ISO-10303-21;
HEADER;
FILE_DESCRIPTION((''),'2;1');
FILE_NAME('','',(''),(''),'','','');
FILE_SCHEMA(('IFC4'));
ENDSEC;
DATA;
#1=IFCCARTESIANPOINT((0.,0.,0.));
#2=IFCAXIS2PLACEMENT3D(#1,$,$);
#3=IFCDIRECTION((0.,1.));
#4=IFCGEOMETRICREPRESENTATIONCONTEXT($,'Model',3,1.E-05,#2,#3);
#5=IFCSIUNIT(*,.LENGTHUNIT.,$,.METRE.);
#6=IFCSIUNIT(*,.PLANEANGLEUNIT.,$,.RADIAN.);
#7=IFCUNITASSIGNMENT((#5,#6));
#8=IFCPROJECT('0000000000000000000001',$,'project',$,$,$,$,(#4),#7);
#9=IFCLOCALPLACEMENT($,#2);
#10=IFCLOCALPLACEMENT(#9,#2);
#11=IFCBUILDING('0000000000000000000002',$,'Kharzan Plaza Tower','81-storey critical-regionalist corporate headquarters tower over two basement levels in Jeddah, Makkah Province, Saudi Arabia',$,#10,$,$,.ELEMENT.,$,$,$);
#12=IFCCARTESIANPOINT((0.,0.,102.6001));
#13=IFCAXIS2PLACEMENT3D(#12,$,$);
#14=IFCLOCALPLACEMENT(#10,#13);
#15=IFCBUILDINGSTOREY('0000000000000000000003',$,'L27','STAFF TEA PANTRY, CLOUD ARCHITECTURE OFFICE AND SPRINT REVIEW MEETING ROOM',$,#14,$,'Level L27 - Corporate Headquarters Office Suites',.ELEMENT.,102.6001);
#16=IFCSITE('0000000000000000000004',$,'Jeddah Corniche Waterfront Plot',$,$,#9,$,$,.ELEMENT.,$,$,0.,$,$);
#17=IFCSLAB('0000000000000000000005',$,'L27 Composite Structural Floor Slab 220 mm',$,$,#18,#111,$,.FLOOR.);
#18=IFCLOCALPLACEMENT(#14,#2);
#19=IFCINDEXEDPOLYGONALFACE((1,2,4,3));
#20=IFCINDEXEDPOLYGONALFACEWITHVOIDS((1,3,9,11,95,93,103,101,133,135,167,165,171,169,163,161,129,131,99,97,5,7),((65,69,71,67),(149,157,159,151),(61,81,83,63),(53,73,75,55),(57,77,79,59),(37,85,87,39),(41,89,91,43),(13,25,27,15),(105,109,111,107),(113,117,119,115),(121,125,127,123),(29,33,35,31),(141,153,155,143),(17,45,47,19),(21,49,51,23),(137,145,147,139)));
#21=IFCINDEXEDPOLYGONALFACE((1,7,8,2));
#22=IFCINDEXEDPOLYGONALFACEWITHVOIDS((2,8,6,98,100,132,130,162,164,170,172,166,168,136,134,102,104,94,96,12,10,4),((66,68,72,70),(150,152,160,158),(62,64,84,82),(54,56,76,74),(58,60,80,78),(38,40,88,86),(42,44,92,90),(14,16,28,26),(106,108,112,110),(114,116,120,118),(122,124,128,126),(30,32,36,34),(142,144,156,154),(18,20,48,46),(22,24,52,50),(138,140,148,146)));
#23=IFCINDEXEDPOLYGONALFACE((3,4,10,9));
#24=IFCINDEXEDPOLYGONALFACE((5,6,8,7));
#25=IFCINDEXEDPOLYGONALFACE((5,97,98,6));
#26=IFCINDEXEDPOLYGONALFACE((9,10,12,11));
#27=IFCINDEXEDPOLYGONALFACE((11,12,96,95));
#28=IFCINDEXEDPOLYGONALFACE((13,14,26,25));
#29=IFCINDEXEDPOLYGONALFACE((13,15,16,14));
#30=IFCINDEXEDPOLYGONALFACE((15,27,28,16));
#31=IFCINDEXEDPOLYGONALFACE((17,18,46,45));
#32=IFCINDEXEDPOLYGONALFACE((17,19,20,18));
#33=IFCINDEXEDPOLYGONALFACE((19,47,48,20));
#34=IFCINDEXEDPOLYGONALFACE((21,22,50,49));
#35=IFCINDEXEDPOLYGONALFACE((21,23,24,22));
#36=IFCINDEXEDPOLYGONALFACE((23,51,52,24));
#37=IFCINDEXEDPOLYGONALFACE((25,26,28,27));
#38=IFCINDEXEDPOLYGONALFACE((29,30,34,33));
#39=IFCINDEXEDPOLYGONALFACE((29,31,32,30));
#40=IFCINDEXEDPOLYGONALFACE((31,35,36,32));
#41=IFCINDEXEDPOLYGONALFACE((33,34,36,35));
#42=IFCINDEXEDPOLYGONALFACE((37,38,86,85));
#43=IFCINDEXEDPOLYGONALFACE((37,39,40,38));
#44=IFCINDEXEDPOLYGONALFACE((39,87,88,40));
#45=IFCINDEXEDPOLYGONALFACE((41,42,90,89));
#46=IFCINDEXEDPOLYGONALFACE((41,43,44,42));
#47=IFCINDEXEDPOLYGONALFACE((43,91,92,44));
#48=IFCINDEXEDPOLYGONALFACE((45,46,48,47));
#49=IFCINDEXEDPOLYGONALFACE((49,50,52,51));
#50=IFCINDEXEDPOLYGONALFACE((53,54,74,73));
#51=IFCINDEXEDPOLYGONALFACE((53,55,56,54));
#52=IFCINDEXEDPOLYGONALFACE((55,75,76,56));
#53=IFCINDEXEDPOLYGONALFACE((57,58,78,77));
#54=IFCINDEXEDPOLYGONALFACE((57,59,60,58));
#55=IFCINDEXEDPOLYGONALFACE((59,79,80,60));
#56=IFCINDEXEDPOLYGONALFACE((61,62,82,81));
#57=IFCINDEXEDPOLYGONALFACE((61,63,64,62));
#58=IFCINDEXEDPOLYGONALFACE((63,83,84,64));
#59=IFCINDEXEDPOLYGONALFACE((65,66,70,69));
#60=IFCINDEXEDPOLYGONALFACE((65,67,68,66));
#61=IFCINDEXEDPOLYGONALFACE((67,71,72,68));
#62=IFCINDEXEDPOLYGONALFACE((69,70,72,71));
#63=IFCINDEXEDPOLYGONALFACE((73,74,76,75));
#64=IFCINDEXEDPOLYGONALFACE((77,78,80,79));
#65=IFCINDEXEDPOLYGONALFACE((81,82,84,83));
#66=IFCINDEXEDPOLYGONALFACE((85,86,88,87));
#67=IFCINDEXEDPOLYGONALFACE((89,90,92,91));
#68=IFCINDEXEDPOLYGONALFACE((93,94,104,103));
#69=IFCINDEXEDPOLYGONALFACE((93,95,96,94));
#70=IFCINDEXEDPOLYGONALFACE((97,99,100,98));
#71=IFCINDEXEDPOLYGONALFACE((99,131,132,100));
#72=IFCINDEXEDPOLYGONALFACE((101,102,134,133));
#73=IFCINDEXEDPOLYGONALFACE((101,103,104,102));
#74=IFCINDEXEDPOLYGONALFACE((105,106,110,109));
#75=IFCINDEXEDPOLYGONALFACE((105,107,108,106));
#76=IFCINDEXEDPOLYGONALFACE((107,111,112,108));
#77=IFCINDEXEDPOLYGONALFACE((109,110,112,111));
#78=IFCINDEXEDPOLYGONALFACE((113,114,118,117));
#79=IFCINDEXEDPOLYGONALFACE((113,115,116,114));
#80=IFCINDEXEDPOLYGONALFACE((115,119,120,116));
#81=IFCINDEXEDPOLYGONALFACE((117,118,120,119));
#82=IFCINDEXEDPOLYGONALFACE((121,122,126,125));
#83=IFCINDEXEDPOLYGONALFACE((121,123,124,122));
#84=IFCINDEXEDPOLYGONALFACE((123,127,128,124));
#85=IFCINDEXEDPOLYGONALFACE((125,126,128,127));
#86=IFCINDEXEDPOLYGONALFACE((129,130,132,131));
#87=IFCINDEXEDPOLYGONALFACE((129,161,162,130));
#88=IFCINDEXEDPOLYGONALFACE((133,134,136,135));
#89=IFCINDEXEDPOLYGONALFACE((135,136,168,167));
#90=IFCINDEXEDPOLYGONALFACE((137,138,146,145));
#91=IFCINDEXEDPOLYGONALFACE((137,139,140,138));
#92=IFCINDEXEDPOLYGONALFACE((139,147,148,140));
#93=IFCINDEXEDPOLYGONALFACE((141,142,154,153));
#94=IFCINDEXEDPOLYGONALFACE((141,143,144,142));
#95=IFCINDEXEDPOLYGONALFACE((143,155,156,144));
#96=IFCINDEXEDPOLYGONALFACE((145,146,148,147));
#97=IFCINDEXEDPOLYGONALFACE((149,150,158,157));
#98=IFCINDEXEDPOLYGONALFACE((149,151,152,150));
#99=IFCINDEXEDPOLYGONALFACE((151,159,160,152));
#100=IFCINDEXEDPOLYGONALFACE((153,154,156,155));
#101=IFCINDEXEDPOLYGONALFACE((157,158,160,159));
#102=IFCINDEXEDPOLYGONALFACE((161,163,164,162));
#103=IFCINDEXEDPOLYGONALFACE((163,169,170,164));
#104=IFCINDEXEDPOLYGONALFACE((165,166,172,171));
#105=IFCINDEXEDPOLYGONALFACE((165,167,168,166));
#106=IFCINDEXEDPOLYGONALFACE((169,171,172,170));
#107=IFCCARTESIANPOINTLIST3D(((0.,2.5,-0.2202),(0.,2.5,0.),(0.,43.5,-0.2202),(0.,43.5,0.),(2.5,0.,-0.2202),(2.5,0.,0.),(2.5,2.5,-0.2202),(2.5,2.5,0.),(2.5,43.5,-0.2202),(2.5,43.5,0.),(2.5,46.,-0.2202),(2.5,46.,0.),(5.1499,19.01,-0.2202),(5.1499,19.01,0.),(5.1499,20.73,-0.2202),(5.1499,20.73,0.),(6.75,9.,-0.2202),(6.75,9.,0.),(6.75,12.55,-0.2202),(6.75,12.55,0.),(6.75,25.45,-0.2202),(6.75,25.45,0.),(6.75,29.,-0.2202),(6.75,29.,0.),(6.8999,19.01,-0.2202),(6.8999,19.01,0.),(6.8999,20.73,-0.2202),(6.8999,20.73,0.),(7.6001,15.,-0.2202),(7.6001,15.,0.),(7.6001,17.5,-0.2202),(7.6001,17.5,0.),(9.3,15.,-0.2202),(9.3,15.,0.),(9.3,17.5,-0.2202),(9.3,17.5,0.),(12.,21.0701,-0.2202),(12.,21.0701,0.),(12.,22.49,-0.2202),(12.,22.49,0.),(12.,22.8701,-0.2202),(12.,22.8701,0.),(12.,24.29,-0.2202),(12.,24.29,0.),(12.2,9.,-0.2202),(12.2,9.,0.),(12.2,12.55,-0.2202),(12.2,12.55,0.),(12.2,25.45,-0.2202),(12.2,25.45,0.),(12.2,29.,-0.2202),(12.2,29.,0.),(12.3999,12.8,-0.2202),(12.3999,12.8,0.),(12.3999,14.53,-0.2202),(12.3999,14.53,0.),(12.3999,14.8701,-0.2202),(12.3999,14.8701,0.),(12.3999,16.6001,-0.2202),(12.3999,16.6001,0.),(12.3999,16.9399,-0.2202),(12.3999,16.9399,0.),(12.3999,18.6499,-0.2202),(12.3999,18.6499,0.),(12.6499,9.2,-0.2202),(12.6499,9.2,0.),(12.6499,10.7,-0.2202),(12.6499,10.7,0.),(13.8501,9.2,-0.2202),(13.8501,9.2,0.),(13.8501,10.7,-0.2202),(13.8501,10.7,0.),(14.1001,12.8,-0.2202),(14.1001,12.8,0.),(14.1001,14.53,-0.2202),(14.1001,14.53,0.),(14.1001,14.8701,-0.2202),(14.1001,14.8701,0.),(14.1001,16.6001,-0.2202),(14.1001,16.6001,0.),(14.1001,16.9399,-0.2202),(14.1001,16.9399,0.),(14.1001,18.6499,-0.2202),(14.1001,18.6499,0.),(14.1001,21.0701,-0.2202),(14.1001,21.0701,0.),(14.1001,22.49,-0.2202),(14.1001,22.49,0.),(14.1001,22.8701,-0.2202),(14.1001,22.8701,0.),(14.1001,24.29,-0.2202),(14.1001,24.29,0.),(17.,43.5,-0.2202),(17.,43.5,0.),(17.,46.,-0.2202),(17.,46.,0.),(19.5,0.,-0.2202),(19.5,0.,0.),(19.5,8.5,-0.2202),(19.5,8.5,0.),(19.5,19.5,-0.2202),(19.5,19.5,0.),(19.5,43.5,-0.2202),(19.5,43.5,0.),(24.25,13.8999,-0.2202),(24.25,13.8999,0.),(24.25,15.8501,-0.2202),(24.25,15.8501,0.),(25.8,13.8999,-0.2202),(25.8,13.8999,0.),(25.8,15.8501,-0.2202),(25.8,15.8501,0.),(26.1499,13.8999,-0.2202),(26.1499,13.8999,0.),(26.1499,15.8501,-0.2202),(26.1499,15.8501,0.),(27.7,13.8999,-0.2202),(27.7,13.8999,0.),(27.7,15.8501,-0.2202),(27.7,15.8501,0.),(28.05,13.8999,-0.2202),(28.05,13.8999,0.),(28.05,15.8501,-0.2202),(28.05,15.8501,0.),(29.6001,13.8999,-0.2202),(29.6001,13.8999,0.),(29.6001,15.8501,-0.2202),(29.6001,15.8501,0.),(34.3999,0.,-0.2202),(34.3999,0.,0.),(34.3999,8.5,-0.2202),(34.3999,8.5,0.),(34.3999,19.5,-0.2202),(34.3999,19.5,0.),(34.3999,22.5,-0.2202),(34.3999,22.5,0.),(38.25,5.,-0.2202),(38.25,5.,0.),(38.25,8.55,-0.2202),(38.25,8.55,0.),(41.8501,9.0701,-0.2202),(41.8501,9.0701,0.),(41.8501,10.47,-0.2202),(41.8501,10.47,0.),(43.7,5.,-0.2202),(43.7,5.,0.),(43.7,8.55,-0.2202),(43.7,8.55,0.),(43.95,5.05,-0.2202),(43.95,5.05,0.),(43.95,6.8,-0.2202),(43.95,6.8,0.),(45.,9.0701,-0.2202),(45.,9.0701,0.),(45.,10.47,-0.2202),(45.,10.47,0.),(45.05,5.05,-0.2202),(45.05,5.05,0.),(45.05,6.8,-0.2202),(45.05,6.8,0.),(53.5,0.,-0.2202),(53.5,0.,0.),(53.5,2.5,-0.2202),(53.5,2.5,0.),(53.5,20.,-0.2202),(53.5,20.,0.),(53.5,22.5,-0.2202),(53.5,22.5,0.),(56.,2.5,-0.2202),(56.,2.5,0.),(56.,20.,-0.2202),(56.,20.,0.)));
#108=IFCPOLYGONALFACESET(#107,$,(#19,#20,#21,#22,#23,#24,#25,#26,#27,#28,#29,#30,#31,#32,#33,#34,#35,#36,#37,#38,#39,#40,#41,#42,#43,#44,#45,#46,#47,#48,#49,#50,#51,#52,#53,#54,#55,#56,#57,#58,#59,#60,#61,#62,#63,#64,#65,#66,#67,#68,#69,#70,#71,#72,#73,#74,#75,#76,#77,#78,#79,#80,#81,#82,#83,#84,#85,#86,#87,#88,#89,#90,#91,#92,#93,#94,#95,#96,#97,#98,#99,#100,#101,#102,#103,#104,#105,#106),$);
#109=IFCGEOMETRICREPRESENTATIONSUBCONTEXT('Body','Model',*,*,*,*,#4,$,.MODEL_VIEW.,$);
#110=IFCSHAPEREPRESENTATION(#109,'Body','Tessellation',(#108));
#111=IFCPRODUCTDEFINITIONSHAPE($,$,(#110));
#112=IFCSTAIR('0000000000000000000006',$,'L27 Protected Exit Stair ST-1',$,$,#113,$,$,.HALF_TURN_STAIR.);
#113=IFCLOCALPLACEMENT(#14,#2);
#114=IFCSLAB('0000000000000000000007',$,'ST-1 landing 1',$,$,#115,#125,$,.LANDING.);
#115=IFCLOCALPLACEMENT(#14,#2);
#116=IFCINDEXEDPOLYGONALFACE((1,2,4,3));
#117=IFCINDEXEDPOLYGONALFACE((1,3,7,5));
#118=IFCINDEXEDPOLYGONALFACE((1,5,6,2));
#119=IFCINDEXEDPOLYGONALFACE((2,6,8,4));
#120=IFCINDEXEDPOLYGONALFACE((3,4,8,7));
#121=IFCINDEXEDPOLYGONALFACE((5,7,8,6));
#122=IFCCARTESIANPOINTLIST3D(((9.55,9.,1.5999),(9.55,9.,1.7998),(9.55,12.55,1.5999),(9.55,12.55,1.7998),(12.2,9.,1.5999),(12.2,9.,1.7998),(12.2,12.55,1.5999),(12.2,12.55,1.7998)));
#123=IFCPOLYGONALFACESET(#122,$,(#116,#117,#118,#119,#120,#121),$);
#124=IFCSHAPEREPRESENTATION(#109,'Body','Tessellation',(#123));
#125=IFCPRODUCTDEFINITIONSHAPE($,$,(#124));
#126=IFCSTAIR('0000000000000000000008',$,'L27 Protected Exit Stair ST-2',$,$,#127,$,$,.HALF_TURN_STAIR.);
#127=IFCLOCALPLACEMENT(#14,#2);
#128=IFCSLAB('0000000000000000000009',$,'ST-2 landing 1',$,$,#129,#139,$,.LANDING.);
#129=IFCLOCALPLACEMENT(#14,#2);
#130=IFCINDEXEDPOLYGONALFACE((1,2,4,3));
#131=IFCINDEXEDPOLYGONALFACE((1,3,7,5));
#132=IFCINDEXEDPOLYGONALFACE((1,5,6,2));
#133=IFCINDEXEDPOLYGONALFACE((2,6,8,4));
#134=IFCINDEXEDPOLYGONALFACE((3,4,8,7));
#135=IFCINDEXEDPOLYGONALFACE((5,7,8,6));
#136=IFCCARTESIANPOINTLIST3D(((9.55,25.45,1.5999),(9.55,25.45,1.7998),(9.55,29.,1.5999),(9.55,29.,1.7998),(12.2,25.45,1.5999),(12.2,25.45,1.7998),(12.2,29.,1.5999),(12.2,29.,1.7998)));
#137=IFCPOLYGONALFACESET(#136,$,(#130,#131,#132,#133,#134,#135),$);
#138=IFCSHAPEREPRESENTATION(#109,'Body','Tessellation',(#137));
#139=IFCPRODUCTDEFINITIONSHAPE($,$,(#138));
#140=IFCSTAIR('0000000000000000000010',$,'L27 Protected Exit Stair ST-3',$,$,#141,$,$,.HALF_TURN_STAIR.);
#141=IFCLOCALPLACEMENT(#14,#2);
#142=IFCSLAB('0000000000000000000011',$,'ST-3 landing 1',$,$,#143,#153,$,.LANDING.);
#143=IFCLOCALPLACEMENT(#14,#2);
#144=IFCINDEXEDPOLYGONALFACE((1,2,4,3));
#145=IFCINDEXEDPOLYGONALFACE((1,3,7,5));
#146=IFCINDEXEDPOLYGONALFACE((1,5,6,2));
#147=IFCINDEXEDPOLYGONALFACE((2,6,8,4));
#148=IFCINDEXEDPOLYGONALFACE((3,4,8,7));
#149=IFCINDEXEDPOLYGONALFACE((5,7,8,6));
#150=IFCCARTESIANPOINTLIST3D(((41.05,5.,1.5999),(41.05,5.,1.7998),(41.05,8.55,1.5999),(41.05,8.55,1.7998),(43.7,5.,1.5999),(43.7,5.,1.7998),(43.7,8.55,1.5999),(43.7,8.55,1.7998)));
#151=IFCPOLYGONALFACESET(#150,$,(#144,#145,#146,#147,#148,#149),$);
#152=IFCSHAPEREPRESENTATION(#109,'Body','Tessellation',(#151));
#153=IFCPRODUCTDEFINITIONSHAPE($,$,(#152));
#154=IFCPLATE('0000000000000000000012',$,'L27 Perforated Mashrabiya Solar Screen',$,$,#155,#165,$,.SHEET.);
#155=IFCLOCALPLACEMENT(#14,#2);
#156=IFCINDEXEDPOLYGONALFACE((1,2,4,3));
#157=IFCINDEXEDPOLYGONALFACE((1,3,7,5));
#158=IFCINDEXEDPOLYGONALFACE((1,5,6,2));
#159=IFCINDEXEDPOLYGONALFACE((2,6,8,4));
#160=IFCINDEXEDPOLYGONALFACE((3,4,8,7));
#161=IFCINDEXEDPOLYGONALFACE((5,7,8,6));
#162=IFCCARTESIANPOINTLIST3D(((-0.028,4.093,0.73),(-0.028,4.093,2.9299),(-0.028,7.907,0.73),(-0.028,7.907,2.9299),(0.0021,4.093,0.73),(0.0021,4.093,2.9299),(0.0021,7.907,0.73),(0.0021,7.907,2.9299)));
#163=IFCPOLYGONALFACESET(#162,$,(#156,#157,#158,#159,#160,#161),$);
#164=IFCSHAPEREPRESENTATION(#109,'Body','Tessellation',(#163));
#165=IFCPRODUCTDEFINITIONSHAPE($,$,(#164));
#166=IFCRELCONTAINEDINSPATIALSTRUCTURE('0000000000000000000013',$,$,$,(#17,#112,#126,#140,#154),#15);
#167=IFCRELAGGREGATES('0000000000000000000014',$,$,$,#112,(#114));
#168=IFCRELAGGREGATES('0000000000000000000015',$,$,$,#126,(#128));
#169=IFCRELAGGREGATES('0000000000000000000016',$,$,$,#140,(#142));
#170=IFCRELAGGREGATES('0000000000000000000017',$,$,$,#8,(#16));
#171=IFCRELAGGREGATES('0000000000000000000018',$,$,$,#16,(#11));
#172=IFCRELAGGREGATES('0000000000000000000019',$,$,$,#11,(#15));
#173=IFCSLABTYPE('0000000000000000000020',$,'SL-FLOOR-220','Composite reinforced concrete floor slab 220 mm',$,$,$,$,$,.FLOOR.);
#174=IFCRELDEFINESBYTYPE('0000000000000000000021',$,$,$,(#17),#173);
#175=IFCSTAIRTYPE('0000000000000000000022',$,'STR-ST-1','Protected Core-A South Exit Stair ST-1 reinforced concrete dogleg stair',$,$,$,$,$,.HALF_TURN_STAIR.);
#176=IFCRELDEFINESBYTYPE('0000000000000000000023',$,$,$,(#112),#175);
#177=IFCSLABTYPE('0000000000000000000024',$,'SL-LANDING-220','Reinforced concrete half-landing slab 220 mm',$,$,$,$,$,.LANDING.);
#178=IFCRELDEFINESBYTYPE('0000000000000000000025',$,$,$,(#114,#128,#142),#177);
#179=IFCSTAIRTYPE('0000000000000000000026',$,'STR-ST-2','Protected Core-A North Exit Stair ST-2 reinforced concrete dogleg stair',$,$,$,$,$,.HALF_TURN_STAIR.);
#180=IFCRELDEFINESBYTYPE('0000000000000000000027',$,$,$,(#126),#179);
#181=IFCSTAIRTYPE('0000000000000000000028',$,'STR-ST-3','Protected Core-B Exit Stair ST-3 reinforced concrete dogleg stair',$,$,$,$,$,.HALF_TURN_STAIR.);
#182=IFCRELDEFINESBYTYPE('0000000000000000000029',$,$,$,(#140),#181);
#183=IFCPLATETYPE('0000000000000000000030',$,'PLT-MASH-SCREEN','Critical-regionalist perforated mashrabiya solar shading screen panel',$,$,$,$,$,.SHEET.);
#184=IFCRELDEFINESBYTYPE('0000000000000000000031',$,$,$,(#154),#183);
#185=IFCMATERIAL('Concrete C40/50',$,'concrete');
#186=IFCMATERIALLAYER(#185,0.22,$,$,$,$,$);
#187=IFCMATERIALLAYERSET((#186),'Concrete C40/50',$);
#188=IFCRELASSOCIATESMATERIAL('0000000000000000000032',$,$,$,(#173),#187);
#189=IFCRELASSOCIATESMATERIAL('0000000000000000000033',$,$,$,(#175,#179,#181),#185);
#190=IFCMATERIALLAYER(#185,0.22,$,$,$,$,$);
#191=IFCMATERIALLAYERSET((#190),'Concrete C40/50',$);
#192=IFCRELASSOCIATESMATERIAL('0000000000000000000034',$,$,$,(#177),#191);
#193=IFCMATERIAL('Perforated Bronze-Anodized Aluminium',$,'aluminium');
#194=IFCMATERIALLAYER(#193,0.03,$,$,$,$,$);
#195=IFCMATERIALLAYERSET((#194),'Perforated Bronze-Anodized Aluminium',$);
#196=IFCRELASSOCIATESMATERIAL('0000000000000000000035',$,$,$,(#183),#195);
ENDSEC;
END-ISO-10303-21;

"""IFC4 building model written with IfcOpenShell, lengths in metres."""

from ifc_helpers import new_model, si_unit, direction, frame, origin, origin_2d, place, context, subcontext, project, spatial, polyline, rectangle, outline, extrude, source, transform, mapped, material, layer, layer_set, type_object, element, aggregate, save


model = new_model("IFC4")

# Units and contexts
model_context = context("Model", 3, precision=1e-05, world=origin(), true_north=direction((0.0, 1.0)))
body_context = subcontext(model_context, "Body", "Model", "MODEL_VIEW")
ifc_project = project(units=[si_unit("LENGTHUNIT", "METRE"), si_unit("PLANEANGLEUNIT", "RADIAN")], contexts=[model_context])

# Site, building, storey
site_placement = place(None, origin())
site = spatial("IfcSite", under=ifc_project, at=site_placement, Name="Jeddah Corniche Waterfront Plot", CompositionType="ELEMENT", RefElevation=0.0)
building_placement = place(site_placement, origin())
building = spatial("IfcBuilding", under=site, at=building_placement, Name="Kharzan Plaza Tower", Description="81-storey critical-regionalist corporate headquarters tower over two basement levels in Jeddah, Makkah Province, Saudi Arabia", CompositionType="ELEMENT")
storey_placement = place(building_placement, frame((0.0, 0.0, 102.6001)))
storey = spatial("IfcBuildingStorey", under=building, at=storey_placement, Name="L27", Description="STAFF TEA PANTRY, CLOUD ARCHITECTURE OFFICE AND SPRINT REVIEW MEETING ROOM", LongName="Level L27 - Corporate Headquarters Office Suites", CompositionType="ELEMENT", Elevation=102.6001)

# Slab
ifc_material_1 = material(Name="Concrete C40/50", Category="concrete")
ifc_layer_1 = layer(ifc_material_1, 0.22)
ifc_layer_set_1 = layer_set([ifc_layer_1], Name="Concrete C40/50")
slab_type_1 = type_object("IfcSlabType", Name="SL-FLOOR-220", Description="Composite reinforced concrete floor slab 220 mm", PredefinedType="FLOOR", material=ifc_layer_set_1)
slab_1_placement = place(storey_placement, frame((0.0, 0.0, -0.2202)))
element("IfcSlab", 1, at=slab_1_placement, inside=storey, type_object=slab_type_1, Name="L27 Composite Structural Floor Slab 220 mm", PredefinedType="FLOOR", context=body_context, shape_type="SweptSolid", body=[
    extrude(outline(polyline([(34.3999, 19.5), (19.5, 19.5), (19.5, 43.5), (17.0, 43.5), (17.0, 46.0), (2.5, 46.0), (2.5, 43.5), (0.0, 43.5), (0.0, 2.5), (2.5, 2.5), (2.5, 0.0), (19.5, 0.0), (19.5, 8.5), (34.3999, 8.5), (34.3999, 0.0), (53.5, 0.0), (53.5, 2.5), (56.0, 2.5), (56.0, 20.0), (53.5, 20.0), (53.5, 22.5), (34.3999, 22.5), (34.3999, 19.5)]), holes=[polyline([(12.2, 9.0), (12.2, 12.55), (6.75, 12.55), (6.75, 9.0), (12.2, 9.0)]), polyline([(14.1001, 12.8), (14.1001, 14.53), (12.3999, 14.53), (12.3999, 12.8), (14.1001, 12.8)]), polyline([(14.1001, 14.8701), (14.1001, 16.6001), (12.3999, 16.6001), (12.3999, 14.8701), (14.1001, 14.8701)]), polyline([(9.3, 15.0), (9.3, 17.5), (7.6001, 17.5), (7.6001, 15.0), (9.3, 15.0)]), polyline([(6.8999, 19.01), (6.8999, 20.73), (5.1499, 20.73), (5.1499, 19.01), (6.8999, 19.01)]), polyline([(14.1001, 21.0701), (14.1001, 22.49), (12.0, 22.49), (12.0, 21.0701), (14.1001, 21.0701)]), polyline([(14.1001, 22.8701), (14.1001, 24.29), (12.0, 24.29), (12.0, 22.8701), (14.1001, 22.8701)]), polyline([(12.2, 25.45), (12.2, 29.0), (6.75, 29.0), (6.75, 25.45), (12.2, 25.45)]), polyline([(45.05, 5.05), (45.05, 6.8), (43.95, 6.8), (43.95, 5.05), (45.05, 5.05)]), polyline([(43.7, 5.0), (43.7, 8.55), (38.25, 8.55), (38.25, 5.0), (43.7, 5.0)]), polyline([(45.0, 9.0701), (45.0, 10.47), (41.8501, 10.47), (41.8501, 9.0701), (45.0, 9.0701)]), polyline([(13.8501, 9.2), (13.8501, 10.7), (12.6499, 10.7), (12.6499, 9.2), (13.8501, 9.2)]), polyline([(25.8, 13.8999), (25.8, 15.8501), (24.25, 15.8501), (24.25, 13.8999), (25.8, 13.8999)]), polyline([(27.7, 13.8999), (27.7, 15.8501), (26.1499, 15.8501), (26.1499, 13.8999), (27.7, 13.8999)]), polyline([(29.6001, 13.8999), (29.6001, 15.8501), (28.05, 15.8501), (28.05, 13.8999), (29.6001, 13.8999)]), polyline([(14.1001, 16.9399), (14.1001, 18.6499), (12.3999, 18.6499), (12.3999, 16.9399), (14.1001, 16.9399)])]), origin(), (0.0, 0.0, 1.0), 0.2202),
])

# Stairs, slabs
stair_type_1 = type_object("IfcStairType", Name="STR-ST-1", Description="Protected Core-A South Exit Stair ST-1 reinforced concrete dogleg stair", PredefinedType="HALF_TURN_STAIR", material=ifc_material_1)
stair_1_placement = place(storey_placement, origin())
stair_1 = element("IfcStair", 2, at=stair_1_placement, inside=storey, type_object=stair_type_1, Name="L27 Protected Exit Stair ST-1", PredefinedType="HALF_TURN_STAIR")
ifc_layer_2 = layer(ifc_material_1, 0.22)
ifc_layer_set_2 = layer_set([ifc_layer_2], Name="Concrete C40/50")
slab_type_2 = type_object("IfcSlabType", Name="SL-LANDING-220", Description="Reinforced concrete half-landing slab 220 mm", PredefinedType="LANDING", material=ifc_layer_set_2)
slab_2_placement = place(storey_placement, frame((0.0, 0.0, 1.5999)))
slab_2 = element("IfcSlab", 3, at=slab_2_placement, type_object=slab_type_2, Name="ST-1 landing 1", PredefinedType="LANDING", context=body_context, shape_type="SweptSolid", body=[
    extrude(outline(polyline([(9.55, 9.0), (12.2, 9.0), (12.2, 12.55), (9.55, 12.55), (9.55, 9.0)])), origin(), (0.0, 0.0, 1.0), 0.2),
])
aggregate(stair_1, [slab_2])
stair_type_2 = type_object("IfcStairType", Name="STR-ST-2", Description="Protected Core-A North Exit Stair ST-2 reinforced concrete dogleg stair", PredefinedType="HALF_TURN_STAIR", material=ifc_material_1)
stair_2_placement = place(storey_placement, origin())
stair_2 = element("IfcStair", 4, at=stair_2_placement, inside=storey, type_object=stair_type_2, Name="L27 Protected Exit Stair ST-2", PredefinedType="HALF_TURN_STAIR")
slab_3_placement = place(storey_placement, frame((0.0, 0.0, 1.5999)))
slab_3 = element("IfcSlab", 5, at=slab_3_placement, type_object=slab_type_2, Name="ST-2 landing 1", PredefinedType="LANDING", context=body_context, shape_type="SweptSolid", body=[
    extrude(outline(polyline([(9.55, 25.45), (12.2, 25.45), (12.2, 29.0), (9.55, 29.0), (9.55, 25.45)])), origin(), (0.0, 0.0, 1.0), 0.2),
])
aggregate(stair_2, [slab_3])
stair_type_3 = type_object("IfcStairType", Name="STR-ST-3", Description="Protected Core-B Exit Stair ST-3 reinforced concrete dogleg stair", PredefinedType="HALF_TURN_STAIR", material=ifc_material_1)
stair_3_placement = place(storey_placement, origin())
stair_3 = element("IfcStair", 6, at=stair_3_placement, inside=storey, type_object=stair_type_3, Name="L27 Protected Exit Stair ST-3", PredefinedType="HALF_TURN_STAIR")
slab_4_placement = place(storey_placement, frame((0.0, 0.0, 1.5999)))
slab_4 = element("IfcSlab", 7, at=slab_4_placement, type_object=slab_type_2, Name="ST-3 landing 1", PredefinedType="LANDING", context=body_context, shape_type="SweptSolid", body=[
    extrude(outline(polyline([(41.05, 5.0), (43.7, 5.0), (43.7, 8.55), (41.05, 8.55), (41.05, 5.0)])), origin(), (0.0, 0.0, 1.0), 0.2),
])
aggregate(stair_3, [slab_4])

# Plate
ifc_material_2 = material(Name="Perforated Bronze-Anodized Aluminium", Category="aluminium")
ifc_layer_3 = layer(ifc_material_2, 0.03)
ifc_layer_set_3 = layer_set([ifc_layer_3], Name="Perforated Bronze-Anodized Aluminium")
plate_type = type_object("IfcPlateType", Name="PLT-MASH-SCREEN", Description="Critical-regionalist perforated mashrabiya solar shading screen panel", PredefinedType="SHEET", material=ifc_layer_set_3)
shared_shape_1 = source(origin(), body_context, "Body", "SweptSolid", [
    extrude(rectangle(XDim=3.814, YDim=0.03, at=origin_2d()), origin(), (0.0, 0.0, 1.0), 2.2),
])
plate_placement = place(storey_placement, frame((-0.0129, 6.0, 0.73), z_axis=(0.0, 0.0, 1.0), x_axis=(0.0, -1.0, 0.0)))
element("IfcPlate", 8, at=plate_placement, inside=storey, type_object=plate_type, Name="L27 Perforated Mashrabiya Solar Screen", PredefinedType="SHEET", context=body_context, shape_type="MappedRepresentation", body=[
    mapped(shared_shape_1, transform((0.0, 0.0, 0.0), x_axis=(1.0, 0.0, 0.0), y_axis=(0.0, 1.0, 0.0), z_axis=(0.0, 0.0, 1.0))),
])

save(model, "model.ifc")
